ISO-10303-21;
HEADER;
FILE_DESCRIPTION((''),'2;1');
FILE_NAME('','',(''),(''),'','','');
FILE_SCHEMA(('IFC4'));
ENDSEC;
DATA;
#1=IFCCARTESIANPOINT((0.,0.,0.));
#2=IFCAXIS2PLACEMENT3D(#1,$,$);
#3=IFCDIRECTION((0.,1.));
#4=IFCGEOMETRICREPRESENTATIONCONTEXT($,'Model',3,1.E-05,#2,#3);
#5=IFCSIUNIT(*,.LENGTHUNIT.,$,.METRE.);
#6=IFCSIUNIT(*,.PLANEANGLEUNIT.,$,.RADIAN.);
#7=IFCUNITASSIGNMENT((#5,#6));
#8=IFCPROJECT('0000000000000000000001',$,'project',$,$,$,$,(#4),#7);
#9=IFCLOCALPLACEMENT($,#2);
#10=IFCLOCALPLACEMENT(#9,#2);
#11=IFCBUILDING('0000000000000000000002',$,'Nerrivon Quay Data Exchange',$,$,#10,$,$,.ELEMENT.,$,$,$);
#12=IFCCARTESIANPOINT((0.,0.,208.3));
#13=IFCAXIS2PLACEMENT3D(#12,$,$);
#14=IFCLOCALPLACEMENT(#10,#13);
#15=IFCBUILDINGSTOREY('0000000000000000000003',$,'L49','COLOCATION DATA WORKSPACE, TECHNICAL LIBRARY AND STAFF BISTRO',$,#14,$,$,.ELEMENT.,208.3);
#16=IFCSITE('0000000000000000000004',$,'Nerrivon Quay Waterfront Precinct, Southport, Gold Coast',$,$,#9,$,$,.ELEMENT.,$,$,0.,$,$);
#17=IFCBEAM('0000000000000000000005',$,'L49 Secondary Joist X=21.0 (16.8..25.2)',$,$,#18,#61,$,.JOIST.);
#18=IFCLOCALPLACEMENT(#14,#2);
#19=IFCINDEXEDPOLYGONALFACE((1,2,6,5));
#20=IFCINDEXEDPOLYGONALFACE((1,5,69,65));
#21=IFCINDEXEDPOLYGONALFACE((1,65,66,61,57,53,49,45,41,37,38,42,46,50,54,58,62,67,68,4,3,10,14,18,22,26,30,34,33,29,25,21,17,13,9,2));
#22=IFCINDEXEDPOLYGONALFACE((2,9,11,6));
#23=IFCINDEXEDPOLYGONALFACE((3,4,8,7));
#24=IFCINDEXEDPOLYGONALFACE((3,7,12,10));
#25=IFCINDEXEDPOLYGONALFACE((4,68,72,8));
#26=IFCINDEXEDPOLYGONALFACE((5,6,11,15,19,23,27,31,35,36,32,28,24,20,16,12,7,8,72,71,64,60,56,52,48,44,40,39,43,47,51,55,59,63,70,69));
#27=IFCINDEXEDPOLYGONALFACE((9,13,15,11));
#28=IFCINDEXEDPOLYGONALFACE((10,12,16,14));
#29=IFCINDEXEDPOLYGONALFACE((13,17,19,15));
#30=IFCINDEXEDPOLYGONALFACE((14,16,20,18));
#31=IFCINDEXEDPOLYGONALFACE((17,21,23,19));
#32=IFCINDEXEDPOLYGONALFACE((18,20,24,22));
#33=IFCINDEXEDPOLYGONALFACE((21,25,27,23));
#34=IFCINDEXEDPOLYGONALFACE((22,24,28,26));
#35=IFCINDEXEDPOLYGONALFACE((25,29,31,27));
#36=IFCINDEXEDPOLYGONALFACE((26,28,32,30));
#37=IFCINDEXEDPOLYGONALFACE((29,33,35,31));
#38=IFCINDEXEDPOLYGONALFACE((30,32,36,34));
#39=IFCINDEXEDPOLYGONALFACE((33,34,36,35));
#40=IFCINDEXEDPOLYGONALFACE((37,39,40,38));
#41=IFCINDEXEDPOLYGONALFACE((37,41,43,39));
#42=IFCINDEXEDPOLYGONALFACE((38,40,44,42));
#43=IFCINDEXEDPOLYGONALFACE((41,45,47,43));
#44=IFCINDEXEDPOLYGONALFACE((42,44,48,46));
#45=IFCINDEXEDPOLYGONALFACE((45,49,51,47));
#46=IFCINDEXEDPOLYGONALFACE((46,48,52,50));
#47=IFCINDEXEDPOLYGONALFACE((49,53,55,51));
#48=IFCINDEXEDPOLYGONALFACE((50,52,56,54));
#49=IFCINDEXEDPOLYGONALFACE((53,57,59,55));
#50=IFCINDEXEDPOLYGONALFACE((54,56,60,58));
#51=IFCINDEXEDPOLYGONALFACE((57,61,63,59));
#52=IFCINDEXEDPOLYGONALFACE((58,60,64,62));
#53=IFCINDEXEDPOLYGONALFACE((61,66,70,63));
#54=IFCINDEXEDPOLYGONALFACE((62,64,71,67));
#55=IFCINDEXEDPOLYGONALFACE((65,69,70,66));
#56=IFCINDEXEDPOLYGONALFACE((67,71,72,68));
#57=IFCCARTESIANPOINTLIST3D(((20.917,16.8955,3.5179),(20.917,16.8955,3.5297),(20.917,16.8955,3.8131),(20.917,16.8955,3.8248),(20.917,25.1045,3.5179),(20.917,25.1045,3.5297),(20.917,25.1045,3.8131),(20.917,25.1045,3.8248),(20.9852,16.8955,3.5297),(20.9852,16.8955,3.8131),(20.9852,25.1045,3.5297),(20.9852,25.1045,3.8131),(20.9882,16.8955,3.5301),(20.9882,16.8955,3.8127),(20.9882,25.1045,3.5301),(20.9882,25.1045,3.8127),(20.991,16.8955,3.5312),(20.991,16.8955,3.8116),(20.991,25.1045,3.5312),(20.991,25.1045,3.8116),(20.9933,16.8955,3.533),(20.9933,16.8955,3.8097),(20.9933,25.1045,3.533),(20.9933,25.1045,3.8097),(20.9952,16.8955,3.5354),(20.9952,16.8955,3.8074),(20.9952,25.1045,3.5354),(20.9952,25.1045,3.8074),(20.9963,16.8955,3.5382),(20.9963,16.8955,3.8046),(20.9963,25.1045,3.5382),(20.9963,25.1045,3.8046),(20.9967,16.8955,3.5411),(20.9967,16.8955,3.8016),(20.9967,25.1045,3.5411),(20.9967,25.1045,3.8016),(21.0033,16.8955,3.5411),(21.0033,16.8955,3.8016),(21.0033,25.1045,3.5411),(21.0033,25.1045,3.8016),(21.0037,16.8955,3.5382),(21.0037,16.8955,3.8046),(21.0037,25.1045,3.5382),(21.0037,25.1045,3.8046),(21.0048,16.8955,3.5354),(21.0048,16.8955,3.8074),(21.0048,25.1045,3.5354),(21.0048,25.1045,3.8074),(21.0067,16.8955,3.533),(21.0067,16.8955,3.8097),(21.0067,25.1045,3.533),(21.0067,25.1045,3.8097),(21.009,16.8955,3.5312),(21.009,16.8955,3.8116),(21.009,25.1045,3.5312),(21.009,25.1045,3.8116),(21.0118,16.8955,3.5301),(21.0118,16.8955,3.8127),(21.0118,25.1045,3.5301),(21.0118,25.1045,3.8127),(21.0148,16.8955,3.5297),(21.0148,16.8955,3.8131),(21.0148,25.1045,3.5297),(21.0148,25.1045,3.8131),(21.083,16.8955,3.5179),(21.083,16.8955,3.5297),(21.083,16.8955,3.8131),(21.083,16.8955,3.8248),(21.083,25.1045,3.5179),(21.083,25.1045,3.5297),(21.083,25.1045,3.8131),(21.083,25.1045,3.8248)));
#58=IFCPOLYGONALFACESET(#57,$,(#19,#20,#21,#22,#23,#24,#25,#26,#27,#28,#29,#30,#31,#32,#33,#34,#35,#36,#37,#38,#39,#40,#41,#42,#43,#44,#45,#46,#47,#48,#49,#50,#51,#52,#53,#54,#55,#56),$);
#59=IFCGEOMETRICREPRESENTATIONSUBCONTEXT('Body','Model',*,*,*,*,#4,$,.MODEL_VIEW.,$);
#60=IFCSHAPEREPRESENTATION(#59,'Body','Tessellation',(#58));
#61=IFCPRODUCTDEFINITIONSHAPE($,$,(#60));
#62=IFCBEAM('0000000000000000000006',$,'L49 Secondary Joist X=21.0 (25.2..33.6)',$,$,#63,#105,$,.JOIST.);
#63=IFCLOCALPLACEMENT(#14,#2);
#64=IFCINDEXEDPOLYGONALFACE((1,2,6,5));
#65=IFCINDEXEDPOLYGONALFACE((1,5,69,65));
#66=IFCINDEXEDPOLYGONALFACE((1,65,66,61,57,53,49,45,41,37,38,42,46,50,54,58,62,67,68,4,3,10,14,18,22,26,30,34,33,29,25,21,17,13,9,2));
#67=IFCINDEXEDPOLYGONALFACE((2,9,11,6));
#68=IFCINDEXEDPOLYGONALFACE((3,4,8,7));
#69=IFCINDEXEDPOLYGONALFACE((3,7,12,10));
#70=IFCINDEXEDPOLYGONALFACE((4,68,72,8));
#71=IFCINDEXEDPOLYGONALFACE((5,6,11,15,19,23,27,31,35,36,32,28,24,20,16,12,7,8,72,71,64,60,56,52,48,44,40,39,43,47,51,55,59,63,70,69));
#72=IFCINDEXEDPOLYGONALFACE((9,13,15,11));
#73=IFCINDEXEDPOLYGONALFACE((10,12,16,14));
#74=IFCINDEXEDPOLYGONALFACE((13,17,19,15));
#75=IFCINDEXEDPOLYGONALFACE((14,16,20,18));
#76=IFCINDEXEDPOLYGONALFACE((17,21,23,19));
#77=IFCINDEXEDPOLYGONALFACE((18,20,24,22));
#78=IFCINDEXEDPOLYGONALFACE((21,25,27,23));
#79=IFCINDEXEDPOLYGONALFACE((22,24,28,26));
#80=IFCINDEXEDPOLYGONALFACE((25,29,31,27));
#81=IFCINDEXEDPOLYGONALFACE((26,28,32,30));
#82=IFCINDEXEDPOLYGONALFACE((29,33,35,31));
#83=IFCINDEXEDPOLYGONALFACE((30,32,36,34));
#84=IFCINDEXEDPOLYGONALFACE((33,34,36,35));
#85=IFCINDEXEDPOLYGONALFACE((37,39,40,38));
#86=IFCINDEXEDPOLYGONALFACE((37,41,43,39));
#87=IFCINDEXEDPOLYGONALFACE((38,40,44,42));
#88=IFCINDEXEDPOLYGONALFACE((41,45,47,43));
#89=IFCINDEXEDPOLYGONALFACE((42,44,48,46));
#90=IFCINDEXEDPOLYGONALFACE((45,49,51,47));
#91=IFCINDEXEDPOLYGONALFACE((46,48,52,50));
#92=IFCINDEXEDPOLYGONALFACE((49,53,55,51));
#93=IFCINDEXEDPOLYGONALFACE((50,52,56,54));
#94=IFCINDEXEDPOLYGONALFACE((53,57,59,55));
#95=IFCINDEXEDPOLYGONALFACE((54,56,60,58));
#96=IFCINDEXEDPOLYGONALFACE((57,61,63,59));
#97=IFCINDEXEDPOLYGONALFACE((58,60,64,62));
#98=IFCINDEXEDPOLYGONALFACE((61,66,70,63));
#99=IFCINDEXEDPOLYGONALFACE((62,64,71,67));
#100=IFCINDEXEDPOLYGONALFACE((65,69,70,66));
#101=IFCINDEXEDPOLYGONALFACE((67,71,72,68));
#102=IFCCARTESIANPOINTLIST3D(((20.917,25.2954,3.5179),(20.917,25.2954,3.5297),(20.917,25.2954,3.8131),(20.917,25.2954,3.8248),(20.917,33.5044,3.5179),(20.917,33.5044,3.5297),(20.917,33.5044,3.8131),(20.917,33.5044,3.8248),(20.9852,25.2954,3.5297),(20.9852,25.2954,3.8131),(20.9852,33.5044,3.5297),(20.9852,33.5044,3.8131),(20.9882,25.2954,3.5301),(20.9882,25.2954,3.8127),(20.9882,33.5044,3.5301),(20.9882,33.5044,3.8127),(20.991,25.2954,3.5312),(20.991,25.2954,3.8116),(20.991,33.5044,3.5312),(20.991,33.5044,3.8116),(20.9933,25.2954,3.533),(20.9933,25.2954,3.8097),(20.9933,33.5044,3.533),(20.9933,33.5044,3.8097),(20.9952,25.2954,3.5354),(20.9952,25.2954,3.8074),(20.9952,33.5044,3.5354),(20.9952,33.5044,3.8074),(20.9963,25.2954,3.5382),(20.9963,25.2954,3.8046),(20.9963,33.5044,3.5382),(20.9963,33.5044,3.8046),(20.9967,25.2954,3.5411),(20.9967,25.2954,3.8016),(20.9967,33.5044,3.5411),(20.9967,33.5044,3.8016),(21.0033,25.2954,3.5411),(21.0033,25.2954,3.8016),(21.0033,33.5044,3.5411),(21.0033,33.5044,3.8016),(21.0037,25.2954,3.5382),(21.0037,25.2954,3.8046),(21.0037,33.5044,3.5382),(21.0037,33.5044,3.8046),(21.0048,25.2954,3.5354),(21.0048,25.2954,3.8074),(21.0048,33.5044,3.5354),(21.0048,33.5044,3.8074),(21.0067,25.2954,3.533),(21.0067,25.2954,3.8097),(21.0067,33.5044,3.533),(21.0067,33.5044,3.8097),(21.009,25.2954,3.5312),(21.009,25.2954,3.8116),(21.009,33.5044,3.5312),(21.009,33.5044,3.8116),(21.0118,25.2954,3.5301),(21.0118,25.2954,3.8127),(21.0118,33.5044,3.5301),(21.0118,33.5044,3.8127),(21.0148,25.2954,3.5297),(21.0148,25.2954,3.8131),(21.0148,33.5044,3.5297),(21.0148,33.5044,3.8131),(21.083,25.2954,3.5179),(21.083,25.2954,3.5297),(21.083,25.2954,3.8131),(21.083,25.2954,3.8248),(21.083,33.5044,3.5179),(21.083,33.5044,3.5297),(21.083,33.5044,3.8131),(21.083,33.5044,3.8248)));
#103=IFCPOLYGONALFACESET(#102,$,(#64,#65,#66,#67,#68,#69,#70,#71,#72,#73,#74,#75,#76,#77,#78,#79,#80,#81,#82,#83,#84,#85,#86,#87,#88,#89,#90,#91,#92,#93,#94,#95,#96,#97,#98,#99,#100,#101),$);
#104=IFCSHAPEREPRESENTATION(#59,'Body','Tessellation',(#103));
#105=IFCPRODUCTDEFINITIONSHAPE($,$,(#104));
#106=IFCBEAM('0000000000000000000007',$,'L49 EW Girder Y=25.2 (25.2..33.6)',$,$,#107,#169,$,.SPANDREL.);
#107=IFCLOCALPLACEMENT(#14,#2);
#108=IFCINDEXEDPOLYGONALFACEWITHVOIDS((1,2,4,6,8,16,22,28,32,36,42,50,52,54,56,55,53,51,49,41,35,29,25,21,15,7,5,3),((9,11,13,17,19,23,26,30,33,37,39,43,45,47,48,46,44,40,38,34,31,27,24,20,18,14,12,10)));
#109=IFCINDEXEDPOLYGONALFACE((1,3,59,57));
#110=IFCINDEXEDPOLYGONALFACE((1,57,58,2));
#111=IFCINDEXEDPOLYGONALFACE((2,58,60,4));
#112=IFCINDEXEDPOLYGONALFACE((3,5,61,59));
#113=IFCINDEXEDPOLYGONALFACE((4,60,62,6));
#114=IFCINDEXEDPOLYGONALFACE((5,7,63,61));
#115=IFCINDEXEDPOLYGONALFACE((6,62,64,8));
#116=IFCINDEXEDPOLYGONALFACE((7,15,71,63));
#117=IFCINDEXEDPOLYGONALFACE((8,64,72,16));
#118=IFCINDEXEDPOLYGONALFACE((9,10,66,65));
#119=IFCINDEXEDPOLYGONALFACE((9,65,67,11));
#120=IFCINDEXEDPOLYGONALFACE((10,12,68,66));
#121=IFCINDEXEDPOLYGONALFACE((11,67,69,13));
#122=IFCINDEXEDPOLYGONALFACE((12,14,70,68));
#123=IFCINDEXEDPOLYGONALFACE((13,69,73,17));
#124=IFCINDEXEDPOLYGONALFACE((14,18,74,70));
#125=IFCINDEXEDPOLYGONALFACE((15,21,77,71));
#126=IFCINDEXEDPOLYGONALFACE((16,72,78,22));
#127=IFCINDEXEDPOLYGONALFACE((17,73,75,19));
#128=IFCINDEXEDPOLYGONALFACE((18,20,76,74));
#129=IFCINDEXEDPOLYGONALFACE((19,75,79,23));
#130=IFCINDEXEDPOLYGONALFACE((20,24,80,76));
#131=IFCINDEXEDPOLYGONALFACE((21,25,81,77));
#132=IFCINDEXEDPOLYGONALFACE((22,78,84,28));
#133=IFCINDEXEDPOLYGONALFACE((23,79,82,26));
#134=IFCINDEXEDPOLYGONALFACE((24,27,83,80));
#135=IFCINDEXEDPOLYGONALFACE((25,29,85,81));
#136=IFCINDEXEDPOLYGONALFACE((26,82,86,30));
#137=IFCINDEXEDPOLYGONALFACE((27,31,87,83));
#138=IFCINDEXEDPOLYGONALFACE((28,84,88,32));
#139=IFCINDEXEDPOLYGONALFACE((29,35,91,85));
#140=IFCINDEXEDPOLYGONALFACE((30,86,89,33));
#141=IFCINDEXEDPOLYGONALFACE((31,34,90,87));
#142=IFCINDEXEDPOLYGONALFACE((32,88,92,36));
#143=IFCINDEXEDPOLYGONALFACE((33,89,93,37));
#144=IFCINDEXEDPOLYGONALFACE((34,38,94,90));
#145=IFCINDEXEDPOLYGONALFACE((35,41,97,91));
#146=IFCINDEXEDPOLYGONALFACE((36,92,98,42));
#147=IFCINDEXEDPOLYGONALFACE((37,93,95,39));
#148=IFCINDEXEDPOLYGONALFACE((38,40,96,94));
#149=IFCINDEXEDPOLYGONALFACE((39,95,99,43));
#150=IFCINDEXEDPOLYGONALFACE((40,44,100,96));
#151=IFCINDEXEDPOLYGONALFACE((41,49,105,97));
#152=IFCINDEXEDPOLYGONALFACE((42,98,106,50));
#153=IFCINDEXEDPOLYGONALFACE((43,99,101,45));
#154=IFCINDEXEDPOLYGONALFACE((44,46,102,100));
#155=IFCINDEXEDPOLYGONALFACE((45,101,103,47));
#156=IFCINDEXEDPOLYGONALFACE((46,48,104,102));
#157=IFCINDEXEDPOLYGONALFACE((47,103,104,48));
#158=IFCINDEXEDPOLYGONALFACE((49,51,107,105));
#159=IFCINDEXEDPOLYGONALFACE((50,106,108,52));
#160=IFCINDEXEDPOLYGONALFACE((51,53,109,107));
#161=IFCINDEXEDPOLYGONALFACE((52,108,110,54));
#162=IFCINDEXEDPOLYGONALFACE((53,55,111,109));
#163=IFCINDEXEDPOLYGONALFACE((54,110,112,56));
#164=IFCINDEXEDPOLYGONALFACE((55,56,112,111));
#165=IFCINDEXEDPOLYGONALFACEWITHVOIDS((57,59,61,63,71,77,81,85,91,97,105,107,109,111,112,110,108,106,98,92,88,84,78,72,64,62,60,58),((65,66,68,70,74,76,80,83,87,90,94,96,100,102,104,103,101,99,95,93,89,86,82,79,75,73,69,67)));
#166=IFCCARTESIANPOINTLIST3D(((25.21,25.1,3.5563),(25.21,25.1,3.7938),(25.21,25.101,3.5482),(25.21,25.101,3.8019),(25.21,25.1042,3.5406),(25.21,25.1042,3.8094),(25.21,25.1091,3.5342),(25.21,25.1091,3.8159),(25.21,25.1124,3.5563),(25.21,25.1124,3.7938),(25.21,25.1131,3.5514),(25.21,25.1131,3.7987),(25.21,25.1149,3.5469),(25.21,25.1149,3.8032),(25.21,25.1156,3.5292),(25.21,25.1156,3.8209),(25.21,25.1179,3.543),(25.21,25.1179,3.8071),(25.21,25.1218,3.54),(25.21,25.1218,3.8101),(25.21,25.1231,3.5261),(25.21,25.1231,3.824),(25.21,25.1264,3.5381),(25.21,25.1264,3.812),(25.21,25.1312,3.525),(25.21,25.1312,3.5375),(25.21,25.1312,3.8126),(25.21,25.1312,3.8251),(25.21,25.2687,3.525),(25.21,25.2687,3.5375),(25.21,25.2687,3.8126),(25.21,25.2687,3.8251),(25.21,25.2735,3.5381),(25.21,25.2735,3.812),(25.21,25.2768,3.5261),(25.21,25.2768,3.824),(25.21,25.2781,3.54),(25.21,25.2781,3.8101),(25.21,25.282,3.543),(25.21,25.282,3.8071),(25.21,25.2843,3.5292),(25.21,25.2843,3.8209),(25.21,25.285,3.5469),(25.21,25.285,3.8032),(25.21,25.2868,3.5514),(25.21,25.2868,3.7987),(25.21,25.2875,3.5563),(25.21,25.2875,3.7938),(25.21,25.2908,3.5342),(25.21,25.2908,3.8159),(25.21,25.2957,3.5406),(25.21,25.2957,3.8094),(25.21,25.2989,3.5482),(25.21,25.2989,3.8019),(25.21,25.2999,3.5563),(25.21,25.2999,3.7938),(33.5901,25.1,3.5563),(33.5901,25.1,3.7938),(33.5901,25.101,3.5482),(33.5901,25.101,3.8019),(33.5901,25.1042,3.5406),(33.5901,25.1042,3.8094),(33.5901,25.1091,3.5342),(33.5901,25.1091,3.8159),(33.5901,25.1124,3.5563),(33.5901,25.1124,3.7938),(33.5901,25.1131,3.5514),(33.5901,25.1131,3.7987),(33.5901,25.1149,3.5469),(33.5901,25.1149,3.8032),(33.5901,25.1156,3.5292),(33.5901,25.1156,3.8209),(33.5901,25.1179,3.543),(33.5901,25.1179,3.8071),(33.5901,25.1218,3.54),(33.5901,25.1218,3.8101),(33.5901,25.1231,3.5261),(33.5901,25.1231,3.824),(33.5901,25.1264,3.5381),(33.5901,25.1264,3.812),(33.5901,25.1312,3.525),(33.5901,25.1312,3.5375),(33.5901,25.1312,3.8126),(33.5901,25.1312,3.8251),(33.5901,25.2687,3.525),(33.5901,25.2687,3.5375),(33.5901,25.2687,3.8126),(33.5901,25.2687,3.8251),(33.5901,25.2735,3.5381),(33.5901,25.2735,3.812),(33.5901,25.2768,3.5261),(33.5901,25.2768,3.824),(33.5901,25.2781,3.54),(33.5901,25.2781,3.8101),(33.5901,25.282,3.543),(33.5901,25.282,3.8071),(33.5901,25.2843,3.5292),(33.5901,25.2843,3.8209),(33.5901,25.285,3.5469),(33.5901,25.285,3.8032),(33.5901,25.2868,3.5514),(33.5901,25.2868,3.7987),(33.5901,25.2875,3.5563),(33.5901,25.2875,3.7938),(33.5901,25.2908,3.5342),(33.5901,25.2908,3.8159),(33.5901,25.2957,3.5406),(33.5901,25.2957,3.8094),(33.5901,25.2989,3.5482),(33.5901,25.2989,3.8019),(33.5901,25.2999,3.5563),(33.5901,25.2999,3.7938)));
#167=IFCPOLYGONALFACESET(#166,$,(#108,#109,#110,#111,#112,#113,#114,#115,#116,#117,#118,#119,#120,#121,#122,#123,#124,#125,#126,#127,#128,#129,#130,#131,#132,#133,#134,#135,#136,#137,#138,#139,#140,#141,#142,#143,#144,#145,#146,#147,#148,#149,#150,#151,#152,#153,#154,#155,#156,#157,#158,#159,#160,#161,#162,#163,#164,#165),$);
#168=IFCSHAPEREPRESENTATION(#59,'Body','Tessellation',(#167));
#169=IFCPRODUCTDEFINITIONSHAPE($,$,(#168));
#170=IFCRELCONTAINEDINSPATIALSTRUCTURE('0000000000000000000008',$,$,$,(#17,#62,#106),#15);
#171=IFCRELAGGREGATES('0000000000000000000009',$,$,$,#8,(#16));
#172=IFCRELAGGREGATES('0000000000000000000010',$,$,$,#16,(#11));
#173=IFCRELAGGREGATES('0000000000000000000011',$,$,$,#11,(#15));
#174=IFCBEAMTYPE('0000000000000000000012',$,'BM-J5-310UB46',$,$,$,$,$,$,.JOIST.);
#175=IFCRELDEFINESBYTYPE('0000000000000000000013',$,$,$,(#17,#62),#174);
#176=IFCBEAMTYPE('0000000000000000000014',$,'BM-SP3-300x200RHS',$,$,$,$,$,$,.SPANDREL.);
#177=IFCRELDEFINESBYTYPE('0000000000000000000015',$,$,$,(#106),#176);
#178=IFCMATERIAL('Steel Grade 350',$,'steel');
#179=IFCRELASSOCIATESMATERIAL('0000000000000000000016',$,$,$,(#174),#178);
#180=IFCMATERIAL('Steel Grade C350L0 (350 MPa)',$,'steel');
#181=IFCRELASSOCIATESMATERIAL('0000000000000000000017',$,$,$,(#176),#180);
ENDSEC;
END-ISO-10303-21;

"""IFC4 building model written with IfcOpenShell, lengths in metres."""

from ifc_helpers import new_model, si_unit, direction, frame, origin, origin_2d, place, context, subcontext, project, spatial, hollow_rectangle, i_section, extrude, material, material_profile, profile_set, type_object, element, save


model = new_model("IFC4")

# Units and contexts
model_context = context("Model", 3, precision=1e-05, world=origin(), true_north=direction((0.0, 1.0)))
body_context = subcontext(model_context, "Body", "Model", "MODEL_VIEW")
ifc_project = project(units=[si_unit("LENGTHUNIT", "METRE"), si_unit("PLANEANGLEUNIT", "RADIAN")], contexts=[model_context])

# Site, building, storey
site_placement = place(None, origin())
site = spatial("IfcSite", under=ifc_project, at=site_placement, Name="Nerrivon Quay Waterfront Precinct, Southport, Gold Coast", CompositionType="ELEMENT", RefElevation=0.0)
building_placement = place(site_placement, origin())
building = spatial("IfcBuilding", under=site, at=building_placement, Name="Nerrivon Quay Data Exchange", CompositionType="ELEMENT")
storey_placement = place(building_placement, frame((0.0, 0.0, 208.3)))
storey = spatial("IfcBuildingStorey", under=building, at=storey_placement, Name="L49", Description="COLOCATION DATA WORKSPACE, TECHNICAL LIBRARY AND STAFF BISTRO", CompositionType="ELEMENT", Elevation=208.3)

# Shared definitions
ifc_material_1 = material(Name="Steel Grade 350", Category="steel")

# Beams
ifc_material_profile_1 = material_profile(ifc_material_1, i_section(OverallWidth=0.166, OverallDepth=0.3069, WebThickness=0.0066, FlangeThickness=0.0117, FilletRadius=0.0115, at=origin_2d()), Name="310UB46.2")
ifc_profile_set_1 = profile_set([ifc_material_profile_1], Name="Steel Grade 350")
beam_type_1 = type_object("IfcBeamType", Name="BM-J5-310UB46", PredefinedType="JOIST", material=ifc_profile_set_1)
for number, where, z_axis, x_axis, name in (
    (1, (21.0, 16.8955, 3.6714), (0.0, 1.0, 0.0), (-1.0, 0.0, 0.0), "L49 Secondary Joist X=21.0 (16.8..25.2)"),
    (2, (21.0, 25.2954, 3.6714), (0.0, 1.0, 0.0), (-1.0, 0.0, 0.0), "L49 Secondary Joist X=21.0 (25.2..33.6)"),
):
    element("IfcBeam", number, at=place(storey_placement, frame(where, z_axis=z_axis, x_axis=x_axis)), inside=storey, type_object=beam_type_1, Name=name, PredefinedType="JOIST", context=body_context, shape_type="SweptSolid", body=[
        extrude(i_section(OverallWidth=0.166, OverallDepth=0.3069, WebThickness=0.0066, FlangeThickness=0.0117, FilletRadius=0.0115, at=origin_2d()), origin(), (0.0, 0.0, 1.0), 8.209),
    ])
ifc_material_2 = material(Name="Steel Grade C350L0 (350 MPa)", Category="steel")
ifc_material_profile_2 = material_profile(ifc_material_2, hollow_rectangle(XDim=0.2, YDim=0.3, WallThickness=0.0125, InnerFilletRadius=0.0188, OuterFilletRadius=0.0312, at=origin_2d()), Name="300x200x12.5RHS")
ifc_profile_set_2 = profile_set([ifc_material_profile_2], Name="Steel Grade C350L0 (350 MPa)")
beam_type_2 = type_object("IfcBeamType", Name="BM-SP3-300x200RHS", PredefinedType="SPANDREL", material=ifc_profile_set_2)
beam_1_placement = place(storey_placement, frame((25.21, 25.2, 3.675), z_axis=(1.0, 0.0, 0.0), x_axis=(0.0, 1.0, 0.0)))
element("IfcBeam", 3, at=beam_1_placement, inside=storey, type_object=beam_type_2, Name="L49 EW Girder Y=25.2 (25.2..33.6)", PredefinedType="SPANDREL", context=body_context, shape_type="SweptSolid", body=[
    extrude(hollow_rectangle(XDim=0.2, YDim=0.3, WallThickness=0.0125, InnerFilletRadius=0.0188, OuterFilletRadius=0.0312, at=origin_2d()), origin(), (0.0, 0.0, 1.0), 8.3801),
])

save(model, "model.ifc")
